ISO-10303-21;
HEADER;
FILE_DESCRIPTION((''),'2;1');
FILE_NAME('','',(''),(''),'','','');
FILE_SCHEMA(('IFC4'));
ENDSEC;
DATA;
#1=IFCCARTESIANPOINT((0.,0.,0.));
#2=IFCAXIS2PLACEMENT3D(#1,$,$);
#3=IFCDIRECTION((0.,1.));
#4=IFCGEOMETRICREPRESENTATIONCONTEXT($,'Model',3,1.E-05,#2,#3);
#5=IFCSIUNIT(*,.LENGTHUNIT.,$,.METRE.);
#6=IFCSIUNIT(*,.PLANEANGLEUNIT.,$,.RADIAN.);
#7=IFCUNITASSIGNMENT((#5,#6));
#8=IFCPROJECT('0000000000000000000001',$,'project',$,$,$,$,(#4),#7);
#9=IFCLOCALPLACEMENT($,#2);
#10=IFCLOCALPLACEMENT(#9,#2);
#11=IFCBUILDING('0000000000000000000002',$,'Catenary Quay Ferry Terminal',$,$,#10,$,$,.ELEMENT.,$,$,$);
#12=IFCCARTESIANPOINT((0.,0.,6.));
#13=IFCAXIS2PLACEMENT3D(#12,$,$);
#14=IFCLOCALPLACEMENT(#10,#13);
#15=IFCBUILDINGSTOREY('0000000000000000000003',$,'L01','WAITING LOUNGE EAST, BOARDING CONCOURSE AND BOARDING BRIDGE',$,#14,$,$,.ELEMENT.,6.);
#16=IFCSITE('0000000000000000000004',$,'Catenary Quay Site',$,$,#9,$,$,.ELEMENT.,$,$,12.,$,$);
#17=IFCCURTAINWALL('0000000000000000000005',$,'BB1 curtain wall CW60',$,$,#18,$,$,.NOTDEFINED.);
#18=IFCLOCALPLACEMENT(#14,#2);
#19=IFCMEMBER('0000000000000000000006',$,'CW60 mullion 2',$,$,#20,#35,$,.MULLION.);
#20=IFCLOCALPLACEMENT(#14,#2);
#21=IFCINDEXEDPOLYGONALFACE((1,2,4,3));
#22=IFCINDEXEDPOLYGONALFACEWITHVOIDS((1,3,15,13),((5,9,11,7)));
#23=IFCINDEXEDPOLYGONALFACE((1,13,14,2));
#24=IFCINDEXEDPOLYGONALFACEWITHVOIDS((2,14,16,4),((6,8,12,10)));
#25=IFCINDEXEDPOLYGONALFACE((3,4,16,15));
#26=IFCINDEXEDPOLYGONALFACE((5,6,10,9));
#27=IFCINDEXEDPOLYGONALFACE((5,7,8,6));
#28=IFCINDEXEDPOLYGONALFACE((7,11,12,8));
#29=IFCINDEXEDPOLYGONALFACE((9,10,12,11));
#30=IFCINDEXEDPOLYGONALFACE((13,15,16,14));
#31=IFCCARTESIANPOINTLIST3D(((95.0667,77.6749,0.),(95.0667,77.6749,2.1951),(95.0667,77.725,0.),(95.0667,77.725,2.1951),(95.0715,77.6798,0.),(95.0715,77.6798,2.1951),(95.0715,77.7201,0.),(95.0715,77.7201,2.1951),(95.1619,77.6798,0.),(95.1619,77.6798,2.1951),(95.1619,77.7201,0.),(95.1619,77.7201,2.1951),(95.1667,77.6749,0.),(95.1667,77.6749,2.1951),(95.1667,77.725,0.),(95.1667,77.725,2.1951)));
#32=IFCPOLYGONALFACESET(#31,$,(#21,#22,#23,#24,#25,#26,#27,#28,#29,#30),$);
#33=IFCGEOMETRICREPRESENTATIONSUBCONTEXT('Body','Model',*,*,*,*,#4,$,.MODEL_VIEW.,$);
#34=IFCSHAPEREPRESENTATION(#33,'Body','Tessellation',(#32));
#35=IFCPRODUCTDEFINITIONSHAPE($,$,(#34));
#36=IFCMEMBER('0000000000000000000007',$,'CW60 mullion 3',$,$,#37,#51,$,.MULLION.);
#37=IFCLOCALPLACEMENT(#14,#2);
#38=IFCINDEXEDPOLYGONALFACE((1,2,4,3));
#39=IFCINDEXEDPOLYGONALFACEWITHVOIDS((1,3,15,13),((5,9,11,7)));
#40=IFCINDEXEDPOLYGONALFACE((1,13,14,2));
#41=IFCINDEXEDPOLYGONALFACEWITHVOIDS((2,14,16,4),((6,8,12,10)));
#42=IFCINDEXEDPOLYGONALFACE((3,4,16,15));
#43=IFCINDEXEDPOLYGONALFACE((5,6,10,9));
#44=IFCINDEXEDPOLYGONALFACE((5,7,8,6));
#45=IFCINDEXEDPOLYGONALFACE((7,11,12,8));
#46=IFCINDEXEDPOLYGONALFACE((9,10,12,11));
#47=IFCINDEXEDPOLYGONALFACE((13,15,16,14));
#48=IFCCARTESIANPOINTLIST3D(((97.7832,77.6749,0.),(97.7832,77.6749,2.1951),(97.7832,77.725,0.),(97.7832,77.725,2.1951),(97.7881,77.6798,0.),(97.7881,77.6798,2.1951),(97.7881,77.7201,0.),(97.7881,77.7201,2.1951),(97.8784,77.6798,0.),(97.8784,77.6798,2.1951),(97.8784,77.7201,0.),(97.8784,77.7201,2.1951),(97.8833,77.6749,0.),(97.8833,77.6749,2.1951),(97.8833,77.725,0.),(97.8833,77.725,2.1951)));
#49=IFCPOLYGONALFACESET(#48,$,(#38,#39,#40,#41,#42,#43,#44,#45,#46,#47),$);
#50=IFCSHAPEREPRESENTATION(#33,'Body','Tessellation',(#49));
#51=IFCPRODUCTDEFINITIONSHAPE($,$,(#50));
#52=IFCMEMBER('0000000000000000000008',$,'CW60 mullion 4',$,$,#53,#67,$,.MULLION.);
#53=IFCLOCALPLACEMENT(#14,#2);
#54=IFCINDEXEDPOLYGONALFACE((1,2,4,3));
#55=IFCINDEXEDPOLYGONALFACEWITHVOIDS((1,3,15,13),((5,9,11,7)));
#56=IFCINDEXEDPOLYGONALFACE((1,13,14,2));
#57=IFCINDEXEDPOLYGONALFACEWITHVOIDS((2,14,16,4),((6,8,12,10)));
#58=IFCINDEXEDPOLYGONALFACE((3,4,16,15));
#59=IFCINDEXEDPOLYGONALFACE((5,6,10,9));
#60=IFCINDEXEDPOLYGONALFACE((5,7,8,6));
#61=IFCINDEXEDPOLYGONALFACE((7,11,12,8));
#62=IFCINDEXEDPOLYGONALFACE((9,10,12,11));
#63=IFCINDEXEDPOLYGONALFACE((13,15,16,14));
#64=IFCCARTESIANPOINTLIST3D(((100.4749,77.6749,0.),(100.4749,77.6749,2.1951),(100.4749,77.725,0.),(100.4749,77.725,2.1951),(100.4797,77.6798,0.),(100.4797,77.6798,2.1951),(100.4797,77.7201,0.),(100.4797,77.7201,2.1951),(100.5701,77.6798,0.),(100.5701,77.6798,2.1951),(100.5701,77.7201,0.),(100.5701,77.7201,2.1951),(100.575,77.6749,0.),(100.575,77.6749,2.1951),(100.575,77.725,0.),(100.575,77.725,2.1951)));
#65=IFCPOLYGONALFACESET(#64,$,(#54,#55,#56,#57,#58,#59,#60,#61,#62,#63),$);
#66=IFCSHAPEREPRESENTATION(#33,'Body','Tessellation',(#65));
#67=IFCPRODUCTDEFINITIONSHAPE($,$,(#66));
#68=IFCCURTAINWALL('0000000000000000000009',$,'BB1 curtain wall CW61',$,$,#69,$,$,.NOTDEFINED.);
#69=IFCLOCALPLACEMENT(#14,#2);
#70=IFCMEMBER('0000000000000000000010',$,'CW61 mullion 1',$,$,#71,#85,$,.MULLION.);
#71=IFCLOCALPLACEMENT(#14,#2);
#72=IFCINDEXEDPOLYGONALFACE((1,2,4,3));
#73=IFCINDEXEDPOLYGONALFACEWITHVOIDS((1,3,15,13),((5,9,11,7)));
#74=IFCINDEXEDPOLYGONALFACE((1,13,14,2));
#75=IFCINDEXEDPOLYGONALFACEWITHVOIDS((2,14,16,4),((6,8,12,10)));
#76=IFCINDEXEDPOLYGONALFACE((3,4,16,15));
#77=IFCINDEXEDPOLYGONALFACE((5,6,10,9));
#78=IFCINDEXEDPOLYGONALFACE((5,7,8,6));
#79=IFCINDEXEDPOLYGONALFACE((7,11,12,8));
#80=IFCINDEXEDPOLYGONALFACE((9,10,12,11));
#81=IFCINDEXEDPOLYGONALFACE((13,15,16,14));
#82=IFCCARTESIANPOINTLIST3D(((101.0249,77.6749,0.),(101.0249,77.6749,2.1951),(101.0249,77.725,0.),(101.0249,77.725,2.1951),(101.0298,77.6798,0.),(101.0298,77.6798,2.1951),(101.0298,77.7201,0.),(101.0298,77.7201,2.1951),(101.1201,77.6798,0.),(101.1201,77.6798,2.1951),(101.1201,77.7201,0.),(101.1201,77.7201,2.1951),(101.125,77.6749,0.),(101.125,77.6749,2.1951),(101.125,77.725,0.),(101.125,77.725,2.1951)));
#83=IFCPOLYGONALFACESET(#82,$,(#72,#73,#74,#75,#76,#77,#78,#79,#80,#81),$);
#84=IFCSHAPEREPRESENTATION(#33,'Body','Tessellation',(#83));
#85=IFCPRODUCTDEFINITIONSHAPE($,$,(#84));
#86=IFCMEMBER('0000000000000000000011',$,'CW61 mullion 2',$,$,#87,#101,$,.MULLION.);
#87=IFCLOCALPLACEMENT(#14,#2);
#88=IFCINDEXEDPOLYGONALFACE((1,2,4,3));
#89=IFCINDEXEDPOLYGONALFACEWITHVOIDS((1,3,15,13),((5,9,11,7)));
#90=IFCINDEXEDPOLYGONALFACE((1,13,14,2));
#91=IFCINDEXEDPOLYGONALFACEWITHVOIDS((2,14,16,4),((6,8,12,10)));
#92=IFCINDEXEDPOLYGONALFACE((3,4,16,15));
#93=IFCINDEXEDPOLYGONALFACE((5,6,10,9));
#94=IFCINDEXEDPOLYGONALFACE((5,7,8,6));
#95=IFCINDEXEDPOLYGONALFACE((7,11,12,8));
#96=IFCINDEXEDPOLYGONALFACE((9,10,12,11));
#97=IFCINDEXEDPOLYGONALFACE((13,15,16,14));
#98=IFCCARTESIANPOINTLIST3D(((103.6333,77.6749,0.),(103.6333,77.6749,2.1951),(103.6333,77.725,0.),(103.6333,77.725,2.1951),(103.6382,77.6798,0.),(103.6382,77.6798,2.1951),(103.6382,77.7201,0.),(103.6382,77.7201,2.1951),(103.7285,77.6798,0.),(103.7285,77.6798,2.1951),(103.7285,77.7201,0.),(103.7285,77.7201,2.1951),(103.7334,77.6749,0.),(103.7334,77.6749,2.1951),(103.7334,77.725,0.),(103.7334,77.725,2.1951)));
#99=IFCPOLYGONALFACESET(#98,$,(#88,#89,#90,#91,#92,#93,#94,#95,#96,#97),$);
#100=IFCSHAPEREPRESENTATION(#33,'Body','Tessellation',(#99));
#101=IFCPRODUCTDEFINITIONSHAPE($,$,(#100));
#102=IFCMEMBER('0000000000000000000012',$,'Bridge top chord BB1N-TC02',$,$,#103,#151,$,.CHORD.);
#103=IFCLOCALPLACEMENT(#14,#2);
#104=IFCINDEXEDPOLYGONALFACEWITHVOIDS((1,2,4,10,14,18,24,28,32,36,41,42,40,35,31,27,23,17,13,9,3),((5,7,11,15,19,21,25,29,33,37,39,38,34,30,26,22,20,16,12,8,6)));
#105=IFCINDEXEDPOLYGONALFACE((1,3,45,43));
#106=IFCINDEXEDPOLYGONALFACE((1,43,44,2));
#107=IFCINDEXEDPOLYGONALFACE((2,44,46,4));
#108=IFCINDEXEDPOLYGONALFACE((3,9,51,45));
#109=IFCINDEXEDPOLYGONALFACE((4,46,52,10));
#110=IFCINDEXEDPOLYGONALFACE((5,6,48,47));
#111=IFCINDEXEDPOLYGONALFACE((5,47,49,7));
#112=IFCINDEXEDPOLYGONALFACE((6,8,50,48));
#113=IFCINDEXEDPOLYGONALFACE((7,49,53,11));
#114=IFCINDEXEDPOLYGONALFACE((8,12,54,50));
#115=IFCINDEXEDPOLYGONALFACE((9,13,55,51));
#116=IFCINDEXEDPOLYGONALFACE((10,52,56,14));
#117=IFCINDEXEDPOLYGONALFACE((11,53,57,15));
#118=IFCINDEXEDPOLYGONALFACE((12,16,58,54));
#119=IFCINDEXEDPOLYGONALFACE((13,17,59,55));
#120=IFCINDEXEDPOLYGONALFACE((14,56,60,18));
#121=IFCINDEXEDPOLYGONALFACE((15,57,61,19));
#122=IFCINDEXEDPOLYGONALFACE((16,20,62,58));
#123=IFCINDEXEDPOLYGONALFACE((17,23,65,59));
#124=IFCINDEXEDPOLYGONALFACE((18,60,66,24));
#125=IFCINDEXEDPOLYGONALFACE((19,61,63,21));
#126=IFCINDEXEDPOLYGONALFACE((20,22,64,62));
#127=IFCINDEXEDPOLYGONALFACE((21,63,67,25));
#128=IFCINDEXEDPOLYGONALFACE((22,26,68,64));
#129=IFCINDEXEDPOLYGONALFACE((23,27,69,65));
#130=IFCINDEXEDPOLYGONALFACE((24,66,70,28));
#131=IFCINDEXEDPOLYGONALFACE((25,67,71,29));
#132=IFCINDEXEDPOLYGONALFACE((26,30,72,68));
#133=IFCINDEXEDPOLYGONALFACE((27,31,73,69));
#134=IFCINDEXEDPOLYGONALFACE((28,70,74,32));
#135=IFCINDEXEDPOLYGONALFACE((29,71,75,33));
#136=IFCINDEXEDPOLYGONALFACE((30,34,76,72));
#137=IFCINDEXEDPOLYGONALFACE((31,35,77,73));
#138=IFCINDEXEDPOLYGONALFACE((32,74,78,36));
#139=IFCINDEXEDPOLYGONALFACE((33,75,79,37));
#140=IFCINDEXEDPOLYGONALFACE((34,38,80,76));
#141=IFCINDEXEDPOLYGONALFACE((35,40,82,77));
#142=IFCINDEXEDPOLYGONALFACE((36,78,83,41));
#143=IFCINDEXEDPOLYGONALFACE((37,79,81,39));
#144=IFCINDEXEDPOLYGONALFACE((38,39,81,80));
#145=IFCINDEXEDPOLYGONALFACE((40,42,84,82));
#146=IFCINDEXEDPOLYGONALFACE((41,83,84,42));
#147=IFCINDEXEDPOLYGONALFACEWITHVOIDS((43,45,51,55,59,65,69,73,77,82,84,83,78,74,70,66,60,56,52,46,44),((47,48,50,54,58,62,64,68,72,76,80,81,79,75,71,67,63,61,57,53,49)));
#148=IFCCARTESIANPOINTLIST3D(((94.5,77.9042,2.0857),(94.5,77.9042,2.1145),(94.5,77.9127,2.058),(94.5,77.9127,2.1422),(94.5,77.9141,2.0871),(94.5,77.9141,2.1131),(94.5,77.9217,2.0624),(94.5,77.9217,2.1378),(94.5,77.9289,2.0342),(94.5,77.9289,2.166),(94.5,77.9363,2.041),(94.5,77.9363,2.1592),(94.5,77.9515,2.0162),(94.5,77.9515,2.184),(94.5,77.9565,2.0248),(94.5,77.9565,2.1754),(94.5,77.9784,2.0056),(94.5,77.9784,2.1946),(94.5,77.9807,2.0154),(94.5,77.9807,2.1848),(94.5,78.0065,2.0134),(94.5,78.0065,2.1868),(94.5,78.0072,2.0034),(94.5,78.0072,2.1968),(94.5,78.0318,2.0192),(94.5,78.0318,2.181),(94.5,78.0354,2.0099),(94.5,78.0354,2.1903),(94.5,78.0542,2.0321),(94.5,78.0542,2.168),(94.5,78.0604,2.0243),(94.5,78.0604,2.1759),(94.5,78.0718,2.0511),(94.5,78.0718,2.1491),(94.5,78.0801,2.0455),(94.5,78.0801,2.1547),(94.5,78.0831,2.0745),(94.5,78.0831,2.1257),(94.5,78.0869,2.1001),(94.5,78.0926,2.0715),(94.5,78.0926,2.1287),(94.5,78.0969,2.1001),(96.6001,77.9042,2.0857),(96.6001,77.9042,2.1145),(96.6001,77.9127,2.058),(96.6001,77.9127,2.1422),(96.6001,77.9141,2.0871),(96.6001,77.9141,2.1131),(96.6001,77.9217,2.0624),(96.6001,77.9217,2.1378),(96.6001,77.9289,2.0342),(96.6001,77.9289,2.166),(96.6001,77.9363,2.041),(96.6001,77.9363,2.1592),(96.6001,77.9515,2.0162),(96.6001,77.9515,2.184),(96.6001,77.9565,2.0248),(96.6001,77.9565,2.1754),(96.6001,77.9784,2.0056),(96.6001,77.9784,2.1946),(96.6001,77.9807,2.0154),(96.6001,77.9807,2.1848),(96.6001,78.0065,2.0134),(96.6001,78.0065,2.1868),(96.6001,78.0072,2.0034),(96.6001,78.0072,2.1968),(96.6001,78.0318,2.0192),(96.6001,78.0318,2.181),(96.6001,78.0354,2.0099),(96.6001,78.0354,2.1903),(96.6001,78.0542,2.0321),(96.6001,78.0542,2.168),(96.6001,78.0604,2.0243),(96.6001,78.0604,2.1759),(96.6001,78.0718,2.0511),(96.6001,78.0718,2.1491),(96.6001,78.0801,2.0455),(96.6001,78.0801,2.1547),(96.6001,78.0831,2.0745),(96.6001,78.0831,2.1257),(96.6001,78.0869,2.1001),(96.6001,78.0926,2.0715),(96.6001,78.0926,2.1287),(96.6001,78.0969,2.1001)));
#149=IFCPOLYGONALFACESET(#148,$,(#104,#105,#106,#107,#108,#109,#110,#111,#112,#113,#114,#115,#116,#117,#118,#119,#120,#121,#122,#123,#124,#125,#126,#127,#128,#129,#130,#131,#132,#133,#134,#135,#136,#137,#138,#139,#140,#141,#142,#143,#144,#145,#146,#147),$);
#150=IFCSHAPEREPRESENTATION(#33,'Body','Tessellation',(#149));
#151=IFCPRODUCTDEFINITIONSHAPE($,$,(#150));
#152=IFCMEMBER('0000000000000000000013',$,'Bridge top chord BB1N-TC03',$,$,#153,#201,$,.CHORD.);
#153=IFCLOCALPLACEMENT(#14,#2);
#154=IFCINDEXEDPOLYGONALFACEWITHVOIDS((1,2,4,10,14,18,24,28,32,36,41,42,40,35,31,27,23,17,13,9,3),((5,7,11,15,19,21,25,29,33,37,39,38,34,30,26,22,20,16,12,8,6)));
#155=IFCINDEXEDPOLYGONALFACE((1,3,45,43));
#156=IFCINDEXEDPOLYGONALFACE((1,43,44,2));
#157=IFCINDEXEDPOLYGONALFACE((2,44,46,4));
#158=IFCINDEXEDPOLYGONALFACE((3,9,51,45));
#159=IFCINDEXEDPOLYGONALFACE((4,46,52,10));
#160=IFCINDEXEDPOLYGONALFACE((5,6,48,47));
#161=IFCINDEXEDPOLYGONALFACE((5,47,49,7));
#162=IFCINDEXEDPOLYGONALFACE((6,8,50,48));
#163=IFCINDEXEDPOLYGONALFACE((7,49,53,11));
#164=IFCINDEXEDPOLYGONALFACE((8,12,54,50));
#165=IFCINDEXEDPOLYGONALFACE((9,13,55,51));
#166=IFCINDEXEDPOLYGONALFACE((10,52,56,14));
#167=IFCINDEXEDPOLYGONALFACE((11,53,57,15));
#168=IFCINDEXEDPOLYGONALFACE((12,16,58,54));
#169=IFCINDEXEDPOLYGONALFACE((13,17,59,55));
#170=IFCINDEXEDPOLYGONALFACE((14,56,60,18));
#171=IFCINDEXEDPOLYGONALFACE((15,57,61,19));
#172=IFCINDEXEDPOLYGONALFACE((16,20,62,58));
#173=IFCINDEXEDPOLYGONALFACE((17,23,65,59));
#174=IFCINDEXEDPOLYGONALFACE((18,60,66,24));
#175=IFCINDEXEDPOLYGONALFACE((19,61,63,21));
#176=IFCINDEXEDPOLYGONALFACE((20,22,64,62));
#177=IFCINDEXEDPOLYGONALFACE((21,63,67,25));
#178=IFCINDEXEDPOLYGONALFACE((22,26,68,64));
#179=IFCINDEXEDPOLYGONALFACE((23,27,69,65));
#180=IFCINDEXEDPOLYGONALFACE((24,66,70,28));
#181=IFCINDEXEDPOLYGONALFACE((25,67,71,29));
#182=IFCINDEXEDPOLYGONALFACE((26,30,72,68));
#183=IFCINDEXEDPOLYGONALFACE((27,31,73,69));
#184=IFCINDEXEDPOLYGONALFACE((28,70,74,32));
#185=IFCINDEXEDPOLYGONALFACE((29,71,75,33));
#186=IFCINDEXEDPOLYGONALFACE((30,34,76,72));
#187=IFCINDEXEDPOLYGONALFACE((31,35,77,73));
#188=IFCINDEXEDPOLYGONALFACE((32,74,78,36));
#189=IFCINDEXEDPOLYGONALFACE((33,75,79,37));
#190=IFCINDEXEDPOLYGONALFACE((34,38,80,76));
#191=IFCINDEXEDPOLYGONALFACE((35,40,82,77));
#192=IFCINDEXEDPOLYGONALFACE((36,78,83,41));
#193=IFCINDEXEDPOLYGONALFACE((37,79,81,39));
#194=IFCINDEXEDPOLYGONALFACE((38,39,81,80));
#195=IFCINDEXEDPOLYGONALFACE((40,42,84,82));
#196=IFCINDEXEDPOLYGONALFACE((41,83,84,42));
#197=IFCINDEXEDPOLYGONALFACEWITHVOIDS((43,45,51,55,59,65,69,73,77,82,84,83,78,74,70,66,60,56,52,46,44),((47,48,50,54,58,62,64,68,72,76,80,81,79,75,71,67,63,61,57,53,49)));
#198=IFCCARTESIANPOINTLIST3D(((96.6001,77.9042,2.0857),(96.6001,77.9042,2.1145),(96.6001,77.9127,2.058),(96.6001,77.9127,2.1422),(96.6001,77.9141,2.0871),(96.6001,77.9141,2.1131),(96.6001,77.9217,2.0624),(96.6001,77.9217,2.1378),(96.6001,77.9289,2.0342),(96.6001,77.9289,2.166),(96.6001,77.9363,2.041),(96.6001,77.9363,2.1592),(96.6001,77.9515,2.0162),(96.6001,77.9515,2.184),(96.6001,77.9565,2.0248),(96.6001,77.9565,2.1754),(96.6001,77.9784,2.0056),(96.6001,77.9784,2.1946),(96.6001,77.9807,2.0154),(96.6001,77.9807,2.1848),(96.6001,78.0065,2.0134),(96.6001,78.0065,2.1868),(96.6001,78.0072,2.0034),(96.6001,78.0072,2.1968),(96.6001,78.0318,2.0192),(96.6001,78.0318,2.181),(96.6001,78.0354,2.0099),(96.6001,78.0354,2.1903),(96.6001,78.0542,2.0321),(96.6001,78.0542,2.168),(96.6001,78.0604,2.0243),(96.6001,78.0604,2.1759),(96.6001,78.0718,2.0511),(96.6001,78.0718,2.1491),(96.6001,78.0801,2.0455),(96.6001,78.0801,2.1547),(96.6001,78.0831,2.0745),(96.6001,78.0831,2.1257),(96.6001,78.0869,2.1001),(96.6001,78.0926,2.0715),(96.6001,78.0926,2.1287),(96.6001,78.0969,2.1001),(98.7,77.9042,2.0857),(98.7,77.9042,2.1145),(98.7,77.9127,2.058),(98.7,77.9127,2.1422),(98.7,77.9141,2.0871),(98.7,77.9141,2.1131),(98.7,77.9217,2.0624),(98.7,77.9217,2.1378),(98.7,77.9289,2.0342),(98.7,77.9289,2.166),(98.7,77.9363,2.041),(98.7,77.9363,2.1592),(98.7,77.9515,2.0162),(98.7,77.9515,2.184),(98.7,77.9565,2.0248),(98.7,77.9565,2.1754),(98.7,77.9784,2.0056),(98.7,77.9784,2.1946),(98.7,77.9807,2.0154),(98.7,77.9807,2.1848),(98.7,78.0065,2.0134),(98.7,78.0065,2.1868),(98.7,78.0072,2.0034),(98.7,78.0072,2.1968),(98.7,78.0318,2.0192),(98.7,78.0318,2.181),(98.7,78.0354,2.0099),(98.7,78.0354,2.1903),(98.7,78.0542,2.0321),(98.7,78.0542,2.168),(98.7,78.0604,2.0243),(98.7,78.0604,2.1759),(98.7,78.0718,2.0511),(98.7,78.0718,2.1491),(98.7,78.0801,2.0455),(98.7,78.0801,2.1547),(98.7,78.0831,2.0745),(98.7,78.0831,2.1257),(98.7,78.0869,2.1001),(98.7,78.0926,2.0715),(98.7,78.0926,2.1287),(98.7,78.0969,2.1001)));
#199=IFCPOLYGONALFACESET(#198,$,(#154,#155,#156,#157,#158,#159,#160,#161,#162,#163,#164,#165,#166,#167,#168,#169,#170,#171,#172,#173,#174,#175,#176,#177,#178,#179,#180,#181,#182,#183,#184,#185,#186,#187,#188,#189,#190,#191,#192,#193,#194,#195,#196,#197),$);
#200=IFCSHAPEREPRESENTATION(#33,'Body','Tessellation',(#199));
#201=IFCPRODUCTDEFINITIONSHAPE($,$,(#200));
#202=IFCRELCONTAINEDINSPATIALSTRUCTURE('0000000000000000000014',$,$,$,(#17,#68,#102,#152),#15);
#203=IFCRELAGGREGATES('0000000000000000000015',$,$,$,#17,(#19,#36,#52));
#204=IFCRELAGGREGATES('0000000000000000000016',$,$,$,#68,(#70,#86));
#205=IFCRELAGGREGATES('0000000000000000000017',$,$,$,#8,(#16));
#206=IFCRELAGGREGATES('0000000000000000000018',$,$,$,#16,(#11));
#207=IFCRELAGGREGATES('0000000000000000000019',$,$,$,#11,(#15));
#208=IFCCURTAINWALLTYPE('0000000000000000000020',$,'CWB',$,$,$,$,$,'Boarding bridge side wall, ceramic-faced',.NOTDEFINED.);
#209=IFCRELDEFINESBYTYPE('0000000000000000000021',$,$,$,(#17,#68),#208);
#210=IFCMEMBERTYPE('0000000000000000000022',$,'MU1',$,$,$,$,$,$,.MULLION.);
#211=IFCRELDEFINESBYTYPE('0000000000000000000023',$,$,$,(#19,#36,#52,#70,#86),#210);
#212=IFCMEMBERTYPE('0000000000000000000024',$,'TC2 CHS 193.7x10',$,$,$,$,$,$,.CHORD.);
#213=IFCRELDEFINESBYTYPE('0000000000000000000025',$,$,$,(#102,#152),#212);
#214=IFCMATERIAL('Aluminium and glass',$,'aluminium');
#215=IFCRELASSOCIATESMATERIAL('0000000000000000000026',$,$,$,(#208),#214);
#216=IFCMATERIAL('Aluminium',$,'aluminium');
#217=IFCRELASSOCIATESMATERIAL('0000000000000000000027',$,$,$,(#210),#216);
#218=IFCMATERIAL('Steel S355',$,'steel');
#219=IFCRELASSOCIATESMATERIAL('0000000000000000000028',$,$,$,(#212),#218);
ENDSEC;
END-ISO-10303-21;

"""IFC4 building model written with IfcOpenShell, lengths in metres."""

from ifc_helpers import new_model, si_unit, direction, frame, origin, origin_2d, place, context, subcontext, project, spatial, hollow_rectangle, hollow_circle, extrude, material, material_profile, profile_set, type_object, element, aggregate, save


model = new_model("IFC4")

# Units and contexts
model_context = context("Model", 3, precision=1e-05, world=origin(), true_north=direction((0.0, 1.0)))
body_context = subcontext(model_context, "Body", "Model", "MODEL_VIEW")
ifc_project = project(units=[si_unit("LENGTHUNIT", "METRE"), si_unit("PLANEANGLEUNIT", "RADIAN")], contexts=[model_context])

# Site, building, storey
site_placement = place(None, origin())
site = spatial("IfcSite", under=ifc_project, at=site_placement, Name="Catenary Quay Site", CompositionType="ELEMENT", RefElevation=12.0)
building_placement = place(site_placement, origin())
building = spatial("IfcBuilding", under=site, at=building_placement, Name="Catenary Quay Ferry Terminal", CompositionType="ELEMENT")
storey_placement = place(building_placement, frame((0.0, 0.0, 6.0)))
storey = spatial("IfcBuildingStorey", under=building, at=storey_placement, Name="L01", Description="WAITING LOUNGE EAST, BOARDING CONCOURSE AND BOARDING BRIDGE", CompositionType="ELEMENT", Elevation=6.0)

# Curtain walls, members
ifc_material_1 = material(Name="Aluminium and glass", Category="aluminium")
curtain_wall_type = type_object("IfcCurtainWallType", Name="CWB", ElementType="Boarding bridge side wall, ceramic-faced", PredefinedType="NOTDEFINED", material=ifc_material_1)
curtain_wall_1_placement = place(storey_placement, origin())
curtain_wall_1 = element("IfcCurtainWall", 1, at=curtain_wall_1_placement, inside=storey, type_object=curtain_wall_type, Name="BB1 curtain wall CW60", PredefinedType="NOTDEFINED")
ifc_material_2 = material(Name="Aluminium", Category="aluminium")
ifc_material_profile_1 = material_profile(ifc_material_2, hollow_rectangle(XDim=0.05, YDim=0.1001, WallThickness=0.0049, at=origin_2d()), Name="MU1")
ifc_profile_set_1 = profile_set([ifc_material_profile_1], Name="Aluminium")
member_type_1 = type_object("IfcMemberType", Name="MU1", PredefinedType="MULLION", material=ifc_profile_set_1)
member_1_placement = place(storey_placement, frame((95.1167, 77.7, 0.0), z_axis=(0.0, 0.0, 1.0), x_axis=(0.0, 1.0, 0.0)))
member_1 = element("IfcMember", 2, at=member_1_placement, type_object=member_type_1, Name="CW60 mullion 2", PredefinedType="MULLION", context=body_context, shape_type="SweptSolid", body=[
    extrude(hollow_rectangle(XDim=0.05, YDim=0.1001, WallThickness=0.0049, at=origin_2d()), origin(), (0.0, 0.0, 1.0), 2.1951),
])
member_2_placement = place(storey_placement, frame((97.8333, 77.7, 0.0), z_axis=(0.0, 0.0, 1.0), x_axis=(0.0, 1.0, 0.0)))
member_2 = element("IfcMember", 3, at=member_2_placement, type_object=member_type_1, Name="CW60 mullion 3", PredefinedType="MULLION", context=body_context, shape_type="SweptSolid", body=[
    extrude(hollow_rectangle(XDim=0.05, YDim=0.1001, WallThickness=0.0049, at=origin_2d()), origin(), (0.0, 0.0, 1.0), 2.1951),
])
member_3_placement = place(storey_placement, frame((100.5249, 77.7, 0.0), z_axis=(0.0, 0.0, 1.0), x_axis=(0.0, 1.0, 0.0)))
member_3 = element("IfcMember", 4, at=member_3_placement, type_object=member_type_1, Name="CW60 mullion 4", PredefinedType="MULLION", context=body_context, shape_type="SweptSolid", body=[
    extrude(hollow_rectangle(XDim=0.05, YDim=0.1001, WallThickness=0.0049, at=origin_2d()), origin(), (0.0, 0.0, 1.0), 2.1951),
])
curtain_wall_2_placement = place(storey_placement, origin())
curtain_wall_2 = element("IfcCurtainWall", 5, at=curtain_wall_2_placement, inside=storey, type_object=curtain_wall_type, Name="BB1 curtain wall CW61", PredefinedType="NOTDEFINED")
member_4_placement = place(storey_placement, frame((101.075, 77.7, 0.0), z_axis=(0.0, 0.0, 1.0), x_axis=(0.0, 1.0, 0.0)))
member_4 = element("IfcMember", 6, at=member_4_placement, type_object=member_type_1, Name="CW61 mullion 1", PredefinedType="MULLION", context=body_context, shape_type="SweptSolid", body=[
    extrude(hollow_rectangle(XDim=0.05, YDim=0.1001, WallThickness=0.0049, at=origin_2d()), origin(), (0.0, 0.0, 1.0), 2.1951),
])
member_5_placement = place(storey_placement, frame((103.6833, 77.7, 0.0), z_axis=(0.0, 0.0, 1.0), x_axis=(0.0, 1.0, 0.0)))
member_5 = element("IfcMember", 7, at=member_5_placement, type_object=member_type_1, Name="CW61 mullion 2", PredefinedType="MULLION", context=body_context, shape_type="SweptSolid", body=[
    extrude(hollow_rectangle(XDim=0.05, YDim=0.1001, WallThickness=0.0049, at=origin_2d()), origin(), (0.0, 0.0, 1.0), 2.1951),
])

# Members
ifc_material_3 = material(Name="Steel S355", Category="steel")
ifc_material_profile_2 = material_profile(ifc_material_3, hollow_circle(Radius=0.0969, WallThickness=0.01, at=origin_2d()), Name="CHS 193.7x10")
ifc_profile_set_2 = profile_set([ifc_material_profile_2], Name="Steel S355")
member_type_2 = type_object("IfcMemberType", Name="TC2 CHS 193.7x10", PredefinedType="CHORD", material=ifc_profile_set_2)
member_6_placement = place(storey_placement, frame((94.5, 78.0, 2.1001), z_axis=(1.0, 0.0, 0.0), x_axis=(0.0, 1.0, 0.0)))
element("IfcMember", 8, at=member_6_placement, inside=storey, type_object=member_type_2, Name="Bridge top chord BB1N-TC02", PredefinedType="CHORD", context=body_context, shape_type="SweptSolid", body=[
    extrude(hollow_circle(Radius=0.0969, WallThickness=0.01, at=origin_2d()), origin(), (0.0, 0.0, 1.0), 2.1001),
])
member_7_placement = place(storey_placement, frame((96.6001, 78.0, 2.1001), z_axis=(1.0, 0.0, 0.0), x_axis=(0.0, 1.0, 0.0)))
element("IfcMember", 9, at=member_7_placement, inside=storey, type_object=member_type_2, Name="Bridge top chord BB1N-TC03", PredefinedType="CHORD", context=body_context, shape_type="SweptSolid", body=[
    extrude(hollow_circle(Radius=0.0969, WallThickness=0.01, at=origin_2d()), origin(), (0.0, 0.0, 1.0), 2.0999),
])

aggregate(curtain_wall_1, [member_1, member_2, member_3])
aggregate(curtain_wall_2, [member_4, member_5])

save(model, "model.ifc")
